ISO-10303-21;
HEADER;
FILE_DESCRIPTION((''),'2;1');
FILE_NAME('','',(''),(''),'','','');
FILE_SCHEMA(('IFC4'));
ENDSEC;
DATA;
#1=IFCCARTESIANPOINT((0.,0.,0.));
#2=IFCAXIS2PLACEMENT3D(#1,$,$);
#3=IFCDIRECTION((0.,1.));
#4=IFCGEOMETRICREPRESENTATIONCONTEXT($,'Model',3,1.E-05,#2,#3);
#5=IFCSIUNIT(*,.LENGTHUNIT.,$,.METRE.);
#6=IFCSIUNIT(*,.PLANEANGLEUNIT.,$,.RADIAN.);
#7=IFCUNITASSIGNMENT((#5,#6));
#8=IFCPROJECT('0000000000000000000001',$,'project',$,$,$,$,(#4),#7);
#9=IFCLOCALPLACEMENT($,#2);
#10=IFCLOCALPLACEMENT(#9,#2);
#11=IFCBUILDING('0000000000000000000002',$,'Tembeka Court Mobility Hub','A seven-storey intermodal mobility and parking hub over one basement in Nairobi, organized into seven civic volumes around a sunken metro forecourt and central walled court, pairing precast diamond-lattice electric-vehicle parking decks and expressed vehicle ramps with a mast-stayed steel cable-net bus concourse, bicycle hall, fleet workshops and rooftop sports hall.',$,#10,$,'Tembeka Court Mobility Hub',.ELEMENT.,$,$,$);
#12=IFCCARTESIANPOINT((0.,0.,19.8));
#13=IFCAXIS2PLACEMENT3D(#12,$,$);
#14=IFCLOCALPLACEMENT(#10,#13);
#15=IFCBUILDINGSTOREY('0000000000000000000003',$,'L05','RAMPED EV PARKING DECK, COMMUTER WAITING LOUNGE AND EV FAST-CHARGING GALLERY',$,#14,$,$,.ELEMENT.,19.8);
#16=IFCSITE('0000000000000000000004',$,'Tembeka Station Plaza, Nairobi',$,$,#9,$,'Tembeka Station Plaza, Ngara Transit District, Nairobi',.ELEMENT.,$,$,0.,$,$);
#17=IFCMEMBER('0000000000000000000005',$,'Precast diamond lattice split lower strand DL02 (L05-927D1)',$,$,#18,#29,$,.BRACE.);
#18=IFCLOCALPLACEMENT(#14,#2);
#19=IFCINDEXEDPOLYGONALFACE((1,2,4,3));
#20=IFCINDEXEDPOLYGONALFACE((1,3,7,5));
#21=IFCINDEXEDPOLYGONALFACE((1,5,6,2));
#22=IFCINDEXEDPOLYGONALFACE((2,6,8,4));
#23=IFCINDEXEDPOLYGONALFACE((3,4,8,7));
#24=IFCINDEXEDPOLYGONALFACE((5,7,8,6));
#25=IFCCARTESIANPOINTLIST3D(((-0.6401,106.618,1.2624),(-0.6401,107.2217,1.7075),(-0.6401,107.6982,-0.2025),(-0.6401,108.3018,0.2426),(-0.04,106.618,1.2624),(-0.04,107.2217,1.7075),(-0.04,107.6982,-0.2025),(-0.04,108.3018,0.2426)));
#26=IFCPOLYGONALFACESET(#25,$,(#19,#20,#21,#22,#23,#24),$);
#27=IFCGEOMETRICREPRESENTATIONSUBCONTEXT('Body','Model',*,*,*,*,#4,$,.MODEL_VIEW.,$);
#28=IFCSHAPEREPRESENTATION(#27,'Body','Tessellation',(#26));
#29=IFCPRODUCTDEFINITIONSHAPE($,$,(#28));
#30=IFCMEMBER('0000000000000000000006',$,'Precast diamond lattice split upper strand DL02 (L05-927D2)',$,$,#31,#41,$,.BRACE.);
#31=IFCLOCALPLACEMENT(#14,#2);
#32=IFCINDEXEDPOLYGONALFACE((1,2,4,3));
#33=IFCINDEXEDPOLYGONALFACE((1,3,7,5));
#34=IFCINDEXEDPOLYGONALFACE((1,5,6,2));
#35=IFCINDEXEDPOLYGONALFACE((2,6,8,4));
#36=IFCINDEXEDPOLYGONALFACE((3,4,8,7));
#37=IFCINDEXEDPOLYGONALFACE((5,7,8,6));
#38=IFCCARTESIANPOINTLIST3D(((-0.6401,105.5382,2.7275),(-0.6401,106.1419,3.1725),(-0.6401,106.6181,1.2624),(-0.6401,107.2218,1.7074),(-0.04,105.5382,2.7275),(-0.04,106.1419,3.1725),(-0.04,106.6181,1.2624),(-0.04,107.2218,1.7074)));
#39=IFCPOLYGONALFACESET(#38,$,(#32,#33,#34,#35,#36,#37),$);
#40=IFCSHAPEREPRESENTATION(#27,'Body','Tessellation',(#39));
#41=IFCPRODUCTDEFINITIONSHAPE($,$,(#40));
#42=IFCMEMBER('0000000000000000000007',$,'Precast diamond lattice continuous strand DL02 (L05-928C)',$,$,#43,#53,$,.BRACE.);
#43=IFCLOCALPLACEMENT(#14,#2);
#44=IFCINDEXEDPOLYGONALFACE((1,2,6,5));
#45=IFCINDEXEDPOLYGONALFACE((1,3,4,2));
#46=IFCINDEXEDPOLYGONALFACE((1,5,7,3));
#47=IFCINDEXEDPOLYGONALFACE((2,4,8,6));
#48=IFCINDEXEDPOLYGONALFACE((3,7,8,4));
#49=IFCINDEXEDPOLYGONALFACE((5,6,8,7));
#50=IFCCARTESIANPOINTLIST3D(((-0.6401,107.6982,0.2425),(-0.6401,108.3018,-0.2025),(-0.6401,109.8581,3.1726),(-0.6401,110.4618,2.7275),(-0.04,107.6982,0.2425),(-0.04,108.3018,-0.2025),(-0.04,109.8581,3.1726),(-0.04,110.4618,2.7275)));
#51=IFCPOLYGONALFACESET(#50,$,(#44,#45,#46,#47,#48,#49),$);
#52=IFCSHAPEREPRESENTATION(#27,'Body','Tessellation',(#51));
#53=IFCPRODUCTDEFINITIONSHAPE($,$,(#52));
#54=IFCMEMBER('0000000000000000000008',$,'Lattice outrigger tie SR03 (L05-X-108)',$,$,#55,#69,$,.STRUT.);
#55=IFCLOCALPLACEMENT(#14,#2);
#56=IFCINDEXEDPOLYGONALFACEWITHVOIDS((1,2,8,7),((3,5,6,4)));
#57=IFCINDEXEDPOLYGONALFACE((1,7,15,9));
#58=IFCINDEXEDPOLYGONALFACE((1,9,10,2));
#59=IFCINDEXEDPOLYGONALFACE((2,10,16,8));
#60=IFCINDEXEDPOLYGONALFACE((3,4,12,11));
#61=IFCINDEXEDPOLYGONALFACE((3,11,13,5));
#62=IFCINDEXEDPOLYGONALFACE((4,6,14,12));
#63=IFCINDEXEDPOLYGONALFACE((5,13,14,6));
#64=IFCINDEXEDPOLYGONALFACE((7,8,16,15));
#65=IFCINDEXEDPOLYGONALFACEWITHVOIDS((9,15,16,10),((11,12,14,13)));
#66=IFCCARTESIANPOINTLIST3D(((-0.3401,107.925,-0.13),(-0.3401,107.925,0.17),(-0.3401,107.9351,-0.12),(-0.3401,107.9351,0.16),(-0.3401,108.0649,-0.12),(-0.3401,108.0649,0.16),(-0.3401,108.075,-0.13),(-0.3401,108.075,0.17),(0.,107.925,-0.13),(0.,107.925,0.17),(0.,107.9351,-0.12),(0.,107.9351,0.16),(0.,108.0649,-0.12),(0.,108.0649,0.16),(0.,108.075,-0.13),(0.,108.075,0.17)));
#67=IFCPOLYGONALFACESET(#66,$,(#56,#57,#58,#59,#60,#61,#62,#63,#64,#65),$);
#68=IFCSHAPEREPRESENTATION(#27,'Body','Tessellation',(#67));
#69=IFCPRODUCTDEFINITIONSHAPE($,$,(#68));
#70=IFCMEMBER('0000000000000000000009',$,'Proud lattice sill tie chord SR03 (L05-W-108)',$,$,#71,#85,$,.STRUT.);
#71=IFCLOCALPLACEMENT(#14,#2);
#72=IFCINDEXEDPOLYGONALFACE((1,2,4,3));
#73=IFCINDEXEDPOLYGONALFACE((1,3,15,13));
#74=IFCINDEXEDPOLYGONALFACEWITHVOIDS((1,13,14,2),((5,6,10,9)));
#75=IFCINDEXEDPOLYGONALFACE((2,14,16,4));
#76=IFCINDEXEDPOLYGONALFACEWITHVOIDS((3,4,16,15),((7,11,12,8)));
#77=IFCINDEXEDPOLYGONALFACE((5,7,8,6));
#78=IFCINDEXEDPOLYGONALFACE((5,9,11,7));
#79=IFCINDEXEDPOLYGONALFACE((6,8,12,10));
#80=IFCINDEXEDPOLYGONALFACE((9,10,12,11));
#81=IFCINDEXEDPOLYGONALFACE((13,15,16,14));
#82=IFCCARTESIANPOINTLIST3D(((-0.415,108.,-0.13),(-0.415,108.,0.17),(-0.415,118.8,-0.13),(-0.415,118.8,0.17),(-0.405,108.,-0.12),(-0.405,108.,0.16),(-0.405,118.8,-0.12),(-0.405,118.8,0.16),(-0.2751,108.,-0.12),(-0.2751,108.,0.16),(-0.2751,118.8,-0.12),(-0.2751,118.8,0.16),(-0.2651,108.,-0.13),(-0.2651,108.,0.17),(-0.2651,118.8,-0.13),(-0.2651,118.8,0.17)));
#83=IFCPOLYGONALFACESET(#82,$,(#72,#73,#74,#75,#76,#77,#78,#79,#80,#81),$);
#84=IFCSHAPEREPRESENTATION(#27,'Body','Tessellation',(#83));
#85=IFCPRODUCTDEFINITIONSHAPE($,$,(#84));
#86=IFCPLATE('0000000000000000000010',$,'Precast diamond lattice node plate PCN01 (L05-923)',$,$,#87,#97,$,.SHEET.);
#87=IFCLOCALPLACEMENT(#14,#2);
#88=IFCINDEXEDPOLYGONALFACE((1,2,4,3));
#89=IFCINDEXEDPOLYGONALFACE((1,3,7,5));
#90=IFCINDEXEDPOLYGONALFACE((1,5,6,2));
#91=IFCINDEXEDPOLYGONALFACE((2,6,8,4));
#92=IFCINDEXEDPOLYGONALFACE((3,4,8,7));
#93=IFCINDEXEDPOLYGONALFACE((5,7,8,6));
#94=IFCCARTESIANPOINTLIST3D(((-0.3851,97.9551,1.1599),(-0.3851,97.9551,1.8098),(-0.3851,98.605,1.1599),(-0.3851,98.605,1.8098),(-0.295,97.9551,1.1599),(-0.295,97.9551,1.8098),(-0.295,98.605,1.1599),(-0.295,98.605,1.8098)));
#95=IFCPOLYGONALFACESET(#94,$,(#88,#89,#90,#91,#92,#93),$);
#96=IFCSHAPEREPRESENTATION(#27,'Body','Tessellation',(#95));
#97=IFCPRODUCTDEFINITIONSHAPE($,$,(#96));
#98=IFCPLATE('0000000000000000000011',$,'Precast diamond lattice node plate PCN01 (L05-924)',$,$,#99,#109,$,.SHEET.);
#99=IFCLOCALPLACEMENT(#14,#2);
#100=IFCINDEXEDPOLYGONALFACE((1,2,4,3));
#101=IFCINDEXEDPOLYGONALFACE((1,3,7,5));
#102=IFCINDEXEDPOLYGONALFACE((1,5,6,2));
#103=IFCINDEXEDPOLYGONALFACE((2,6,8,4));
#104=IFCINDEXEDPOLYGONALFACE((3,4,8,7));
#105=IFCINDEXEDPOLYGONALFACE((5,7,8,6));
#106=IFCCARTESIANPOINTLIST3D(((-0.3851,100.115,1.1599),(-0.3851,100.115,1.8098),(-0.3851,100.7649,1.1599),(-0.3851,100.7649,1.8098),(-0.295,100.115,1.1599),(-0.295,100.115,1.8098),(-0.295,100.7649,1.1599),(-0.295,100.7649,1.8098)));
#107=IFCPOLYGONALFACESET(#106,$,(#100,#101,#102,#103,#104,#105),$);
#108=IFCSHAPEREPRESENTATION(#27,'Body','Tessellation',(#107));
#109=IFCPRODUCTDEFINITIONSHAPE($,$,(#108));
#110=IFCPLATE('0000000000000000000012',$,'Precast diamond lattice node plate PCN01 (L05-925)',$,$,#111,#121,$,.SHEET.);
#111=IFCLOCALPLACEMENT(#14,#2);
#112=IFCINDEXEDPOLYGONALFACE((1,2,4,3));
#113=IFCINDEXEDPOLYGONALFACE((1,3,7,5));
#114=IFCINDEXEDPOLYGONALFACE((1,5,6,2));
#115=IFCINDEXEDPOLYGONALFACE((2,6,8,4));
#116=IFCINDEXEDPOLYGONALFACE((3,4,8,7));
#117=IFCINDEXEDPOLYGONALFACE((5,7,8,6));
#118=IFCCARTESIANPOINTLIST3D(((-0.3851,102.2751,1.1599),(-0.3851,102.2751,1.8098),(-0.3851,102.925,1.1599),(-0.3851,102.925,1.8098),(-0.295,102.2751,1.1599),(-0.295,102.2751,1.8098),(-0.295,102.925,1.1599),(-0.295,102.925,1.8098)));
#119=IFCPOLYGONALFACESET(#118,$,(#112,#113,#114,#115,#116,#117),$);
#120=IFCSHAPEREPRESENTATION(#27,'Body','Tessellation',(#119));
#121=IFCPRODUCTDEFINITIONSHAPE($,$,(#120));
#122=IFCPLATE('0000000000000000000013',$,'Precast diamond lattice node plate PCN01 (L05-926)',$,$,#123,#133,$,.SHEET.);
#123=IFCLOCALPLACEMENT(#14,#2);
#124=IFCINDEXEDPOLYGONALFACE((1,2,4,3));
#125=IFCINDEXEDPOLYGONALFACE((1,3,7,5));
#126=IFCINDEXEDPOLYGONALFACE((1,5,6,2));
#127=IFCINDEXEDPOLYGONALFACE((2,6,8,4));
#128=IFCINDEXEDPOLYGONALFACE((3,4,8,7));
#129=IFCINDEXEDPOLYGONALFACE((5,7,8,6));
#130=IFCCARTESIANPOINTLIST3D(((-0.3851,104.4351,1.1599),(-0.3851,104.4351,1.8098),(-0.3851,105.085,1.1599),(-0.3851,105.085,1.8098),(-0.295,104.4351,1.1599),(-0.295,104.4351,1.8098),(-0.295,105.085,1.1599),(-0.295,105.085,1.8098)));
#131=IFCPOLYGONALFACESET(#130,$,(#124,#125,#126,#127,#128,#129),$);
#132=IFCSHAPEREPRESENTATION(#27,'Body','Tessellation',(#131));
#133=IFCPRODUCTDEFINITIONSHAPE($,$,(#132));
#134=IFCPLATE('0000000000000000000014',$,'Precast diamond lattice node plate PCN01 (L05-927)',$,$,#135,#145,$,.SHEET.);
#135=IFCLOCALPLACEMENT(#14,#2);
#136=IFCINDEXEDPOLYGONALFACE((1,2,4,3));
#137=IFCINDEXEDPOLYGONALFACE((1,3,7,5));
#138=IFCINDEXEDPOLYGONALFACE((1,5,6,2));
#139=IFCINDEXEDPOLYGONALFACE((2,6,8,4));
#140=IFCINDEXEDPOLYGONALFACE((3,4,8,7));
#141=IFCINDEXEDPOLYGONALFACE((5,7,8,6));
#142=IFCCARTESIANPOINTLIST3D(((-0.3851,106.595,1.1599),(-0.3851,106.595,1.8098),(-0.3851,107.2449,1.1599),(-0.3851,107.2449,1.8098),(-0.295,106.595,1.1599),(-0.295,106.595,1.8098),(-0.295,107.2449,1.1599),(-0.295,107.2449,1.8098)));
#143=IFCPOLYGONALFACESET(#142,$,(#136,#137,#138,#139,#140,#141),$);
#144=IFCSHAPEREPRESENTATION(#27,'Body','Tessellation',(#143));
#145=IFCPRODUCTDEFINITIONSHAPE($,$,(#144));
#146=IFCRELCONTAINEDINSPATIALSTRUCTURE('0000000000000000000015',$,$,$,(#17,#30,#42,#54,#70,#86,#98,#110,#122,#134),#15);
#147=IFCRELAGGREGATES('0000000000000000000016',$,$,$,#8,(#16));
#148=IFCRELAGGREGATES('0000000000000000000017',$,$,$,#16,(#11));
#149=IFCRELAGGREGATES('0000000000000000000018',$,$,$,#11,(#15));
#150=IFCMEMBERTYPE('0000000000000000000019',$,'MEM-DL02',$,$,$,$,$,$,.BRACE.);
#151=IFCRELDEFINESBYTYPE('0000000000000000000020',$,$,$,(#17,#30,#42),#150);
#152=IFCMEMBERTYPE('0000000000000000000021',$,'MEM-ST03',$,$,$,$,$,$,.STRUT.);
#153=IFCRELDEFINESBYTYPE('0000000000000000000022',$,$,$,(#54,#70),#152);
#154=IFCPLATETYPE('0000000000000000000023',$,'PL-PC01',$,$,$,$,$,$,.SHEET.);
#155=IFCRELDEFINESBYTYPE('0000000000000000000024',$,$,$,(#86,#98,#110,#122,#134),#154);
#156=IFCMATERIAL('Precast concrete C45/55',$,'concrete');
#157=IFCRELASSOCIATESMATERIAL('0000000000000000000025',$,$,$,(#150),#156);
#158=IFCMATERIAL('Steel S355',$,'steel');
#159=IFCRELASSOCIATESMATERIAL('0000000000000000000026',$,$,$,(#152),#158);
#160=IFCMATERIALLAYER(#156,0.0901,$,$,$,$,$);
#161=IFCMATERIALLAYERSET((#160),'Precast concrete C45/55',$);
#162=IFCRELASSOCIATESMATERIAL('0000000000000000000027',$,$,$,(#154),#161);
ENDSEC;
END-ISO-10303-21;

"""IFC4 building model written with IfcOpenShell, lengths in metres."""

from ifc_helpers import new_model, si_unit, direction, frame, origin, origin_2d, place, context, subcontext, project, spatial, rectangle, hollow_rectangle, extrude, material, layer, layer_set, material_profile, profile_set, type_object, element, save


model = new_model("IFC4")

# Units and contexts
model_context = context("Model", 3, precision=1e-05, world=origin(), true_north=direction((0.0, 1.0)))
body_context = subcontext(model_context, "Body", "Model", "MODEL_VIEW")
ifc_project = project(units=[si_unit("LENGTHUNIT", "METRE"), si_unit("PLANEANGLEUNIT", "RADIAN")], contexts=[model_context])

# Site, building, storey
site_placement = place(None, origin())
site = spatial("IfcSite", under=ifc_project, at=site_placement, Name="Tembeka Station Plaza, Nairobi", LongName="Tembeka Station Plaza, Ngara Transit District, Nairobi", CompositionType="ELEMENT", RefElevation=0.0)
building_placement = place(site_placement, origin())
building = spatial("IfcBuilding", under=site, at=building_placement, Name="Tembeka Court Mobility Hub", Description="A seven-storey intermodal mobility and parking hub over one basement in Nairobi, organized into seven civic volumes around a sunken metro forecourt and central walled court, pairing precast diamond-lattice electric-vehicle parking decks and expressed vehicle ramps with a mast-stayed steel cable-net bus concourse, bicycle hall, fleet workshops and rooftop sports hall.", LongName="Tembeka Court Mobility Hub", CompositionType="ELEMENT")
storey_placement = place(building_placement, frame((0.0, 0.0, 19.8)))
storey = spatial("IfcBuildingStorey", under=building, at=storey_placement, Name="L05", Description="RAMPED EV PARKING DECK, COMMUTER WAITING LOUNGE AND EV FAST-CHARGING GALLERY", CompositionType="ELEMENT", Elevation=19.8)

# Shared definitions
ifc_material_1 = material(Name="Steel S355", Category="steel")

# Members
ifc_material_2 = material(Name="Precast concrete C45/55", Category="concrete")
ifc_material_profile_1 = material_profile(ifc_material_2, rectangle(XDim=0.6001, YDim=0.75, at=origin_2d()), Name="PC-DIAG 600x750")
ifc_profile_set_1 = profile_set([ifc_material_profile_1], Name="Precast concrete C45/55")
member_type_1 = type_object("IfcMemberType", Name="MEM-DL02", PredefinedType="BRACE", material=ifc_profile_set_1)
for number, where, z_axis, x_axis, name in (
    (1, (-0.3401, 108.0, 0.02), (0.0, -0.593455, 0.804867), (1.0, 0.0, 0.0), "Precast diamond lattice split lower strand DL02 (L05-927D1)"),
    (2, (-0.3401, 106.9199, 1.4849), (0.0, -0.593304, 0.804978), (1.0, 0.0, 0.0), "Precast diamond lattice split upper strand DL02 (L05-927D2)"),
):
    element("IfcMember", number, at=place(storey_placement, frame(where, z_axis=z_axis, x_axis=x_axis)), inside=storey, type_object=member_type_1, Name=name, PredefinedType="BRACE", context=body_context, shape_type="SweptSolid", body=[
        extrude(rectangle(XDim=0.6001, YDim=0.75, at=origin_2d()), origin(), (0.0, 0.0, 1.0), 1.8201),
    ])
member_1_placement = place(storey_placement, frame((-0.3401, 108.0, 0.02), z_axis=(0.0, 0.59338, 0.804923), x_axis=(-1.0, 0.0, 0.0)))
element("IfcMember", 3, at=member_1_placement, inside=storey, type_object=member_type_1, Name="Precast diamond lattice continuous strand DL02 (L05-928C)", PredefinedType="BRACE", context=body_context, shape_type="SweptSolid", body=[
    extrude(rectangle(XDim=0.6001, YDim=0.75, at=origin_2d()), origin(), (0.0, 0.0, 1.0), 3.6401),
])
ifc_material_profile_2 = material_profile(ifc_material_1, hollow_rectangle(XDim=0.1499, YDim=0.3, WallThickness=0.01, at=origin_2d()), Name="RHS 300x150x10")
ifc_profile_set_2 = profile_set([ifc_material_profile_2], Name="Steel S355")
member_type_2 = type_object("IfcMemberType", Name="MEM-ST03", PredefinedType="STRUT", material=ifc_profile_set_2)
member_2_placement = place(storey_placement, frame((0.0, 108.0, 0.02), z_axis=(-1.0, 0.0, 0.0), x_axis=(0.0, -1.0, 0.0)))
element("IfcMember", 4, at=member_2_placement, inside=storey, type_object=member_type_2, Name="Lattice outrigger tie SR03 (L05-X-108)", PredefinedType="STRUT", context=body_context, shape_type="SweptSolid", body=[
    extrude(hollow_rectangle(XDim=0.1499, YDim=0.3, WallThickness=0.01, at=origin_2d()), origin(), (0.0, 0.0, 1.0), 0.3401),
])
member_3_placement = place(storey_placement, frame((-0.3401, 108.0, 0.02), z_axis=(0.0, 1.0, 0.0), x_axis=(-1.0, 0.0, 0.0)))
element("IfcMember", 5, at=member_3_placement, inside=storey, type_object=member_type_2, Name="Proud lattice sill tie chord SR03 (L05-W-108)", PredefinedType="STRUT", context=body_context, shape_type="SweptSolid", body=[
    extrude(hollow_rectangle(XDim=0.1499, YDim=0.3, WallThickness=0.01, at=origin_2d()), origin(), (0.0, 0.0, 1.0), 10.8),
])

# Plates
ifc_layer = layer(ifc_material_2, 0.0901)
ifc_layer_set = layer_set([ifc_layer], Name="Precast concrete C45/55")
plate_type = type_object("IfcPlateType", Name="PL-PC01", PredefinedType="SHEET", material=ifc_layer_set)
for number, where, z_axis, x_axis, name in (
    (6, (-0.3401, 98.28, 1.1599), (0.0, 0.0, 1.0), (1.0, 0.0, 0.0), "Precast diamond lattice node plate PCN01 (L05-923)"),
    (7, (-0.3401, 100.4399, 1.1599), (0.0, 0.0, 1.0), (1.0, 0.0, 0.0), "Precast diamond lattice node plate PCN01 (L05-924)"),
    (8, (-0.3401, 102.6001, 1.1599), (0.0, 0.0, 1.0), (1.0, 0.0, 0.0), "Precast diamond lattice node plate PCN01 (L05-925)"),
    (9, (-0.3401, 104.76, 1.1599), (0.0, 0.0, 1.0), (1.0, 0.0, 0.0), "Precast diamond lattice node plate PCN01 (L05-926)"),
    (10, (-0.3401, 106.9199, 1.1599), (0.0, 0.0, 1.0), (1.0, 0.0, 0.0), "Precast diamond lattice node plate PCN01 (L05-927)"),
):
    element("IfcPlate", number, at=place(storey_placement, frame(where, z_axis=z_axis, x_axis=x_axis)), inside=storey, type_object=plate_type, Name=name, PredefinedType="SHEET", context=body_context, shape_type="SweptSolid", body=[
        extrude(rectangle(XDim=0.0901, YDim=0.6499, at=origin_2d()), origin(), (0.0, 0.0, 1.0), 0.6499),
    ])

save(model, "model.ifc")
